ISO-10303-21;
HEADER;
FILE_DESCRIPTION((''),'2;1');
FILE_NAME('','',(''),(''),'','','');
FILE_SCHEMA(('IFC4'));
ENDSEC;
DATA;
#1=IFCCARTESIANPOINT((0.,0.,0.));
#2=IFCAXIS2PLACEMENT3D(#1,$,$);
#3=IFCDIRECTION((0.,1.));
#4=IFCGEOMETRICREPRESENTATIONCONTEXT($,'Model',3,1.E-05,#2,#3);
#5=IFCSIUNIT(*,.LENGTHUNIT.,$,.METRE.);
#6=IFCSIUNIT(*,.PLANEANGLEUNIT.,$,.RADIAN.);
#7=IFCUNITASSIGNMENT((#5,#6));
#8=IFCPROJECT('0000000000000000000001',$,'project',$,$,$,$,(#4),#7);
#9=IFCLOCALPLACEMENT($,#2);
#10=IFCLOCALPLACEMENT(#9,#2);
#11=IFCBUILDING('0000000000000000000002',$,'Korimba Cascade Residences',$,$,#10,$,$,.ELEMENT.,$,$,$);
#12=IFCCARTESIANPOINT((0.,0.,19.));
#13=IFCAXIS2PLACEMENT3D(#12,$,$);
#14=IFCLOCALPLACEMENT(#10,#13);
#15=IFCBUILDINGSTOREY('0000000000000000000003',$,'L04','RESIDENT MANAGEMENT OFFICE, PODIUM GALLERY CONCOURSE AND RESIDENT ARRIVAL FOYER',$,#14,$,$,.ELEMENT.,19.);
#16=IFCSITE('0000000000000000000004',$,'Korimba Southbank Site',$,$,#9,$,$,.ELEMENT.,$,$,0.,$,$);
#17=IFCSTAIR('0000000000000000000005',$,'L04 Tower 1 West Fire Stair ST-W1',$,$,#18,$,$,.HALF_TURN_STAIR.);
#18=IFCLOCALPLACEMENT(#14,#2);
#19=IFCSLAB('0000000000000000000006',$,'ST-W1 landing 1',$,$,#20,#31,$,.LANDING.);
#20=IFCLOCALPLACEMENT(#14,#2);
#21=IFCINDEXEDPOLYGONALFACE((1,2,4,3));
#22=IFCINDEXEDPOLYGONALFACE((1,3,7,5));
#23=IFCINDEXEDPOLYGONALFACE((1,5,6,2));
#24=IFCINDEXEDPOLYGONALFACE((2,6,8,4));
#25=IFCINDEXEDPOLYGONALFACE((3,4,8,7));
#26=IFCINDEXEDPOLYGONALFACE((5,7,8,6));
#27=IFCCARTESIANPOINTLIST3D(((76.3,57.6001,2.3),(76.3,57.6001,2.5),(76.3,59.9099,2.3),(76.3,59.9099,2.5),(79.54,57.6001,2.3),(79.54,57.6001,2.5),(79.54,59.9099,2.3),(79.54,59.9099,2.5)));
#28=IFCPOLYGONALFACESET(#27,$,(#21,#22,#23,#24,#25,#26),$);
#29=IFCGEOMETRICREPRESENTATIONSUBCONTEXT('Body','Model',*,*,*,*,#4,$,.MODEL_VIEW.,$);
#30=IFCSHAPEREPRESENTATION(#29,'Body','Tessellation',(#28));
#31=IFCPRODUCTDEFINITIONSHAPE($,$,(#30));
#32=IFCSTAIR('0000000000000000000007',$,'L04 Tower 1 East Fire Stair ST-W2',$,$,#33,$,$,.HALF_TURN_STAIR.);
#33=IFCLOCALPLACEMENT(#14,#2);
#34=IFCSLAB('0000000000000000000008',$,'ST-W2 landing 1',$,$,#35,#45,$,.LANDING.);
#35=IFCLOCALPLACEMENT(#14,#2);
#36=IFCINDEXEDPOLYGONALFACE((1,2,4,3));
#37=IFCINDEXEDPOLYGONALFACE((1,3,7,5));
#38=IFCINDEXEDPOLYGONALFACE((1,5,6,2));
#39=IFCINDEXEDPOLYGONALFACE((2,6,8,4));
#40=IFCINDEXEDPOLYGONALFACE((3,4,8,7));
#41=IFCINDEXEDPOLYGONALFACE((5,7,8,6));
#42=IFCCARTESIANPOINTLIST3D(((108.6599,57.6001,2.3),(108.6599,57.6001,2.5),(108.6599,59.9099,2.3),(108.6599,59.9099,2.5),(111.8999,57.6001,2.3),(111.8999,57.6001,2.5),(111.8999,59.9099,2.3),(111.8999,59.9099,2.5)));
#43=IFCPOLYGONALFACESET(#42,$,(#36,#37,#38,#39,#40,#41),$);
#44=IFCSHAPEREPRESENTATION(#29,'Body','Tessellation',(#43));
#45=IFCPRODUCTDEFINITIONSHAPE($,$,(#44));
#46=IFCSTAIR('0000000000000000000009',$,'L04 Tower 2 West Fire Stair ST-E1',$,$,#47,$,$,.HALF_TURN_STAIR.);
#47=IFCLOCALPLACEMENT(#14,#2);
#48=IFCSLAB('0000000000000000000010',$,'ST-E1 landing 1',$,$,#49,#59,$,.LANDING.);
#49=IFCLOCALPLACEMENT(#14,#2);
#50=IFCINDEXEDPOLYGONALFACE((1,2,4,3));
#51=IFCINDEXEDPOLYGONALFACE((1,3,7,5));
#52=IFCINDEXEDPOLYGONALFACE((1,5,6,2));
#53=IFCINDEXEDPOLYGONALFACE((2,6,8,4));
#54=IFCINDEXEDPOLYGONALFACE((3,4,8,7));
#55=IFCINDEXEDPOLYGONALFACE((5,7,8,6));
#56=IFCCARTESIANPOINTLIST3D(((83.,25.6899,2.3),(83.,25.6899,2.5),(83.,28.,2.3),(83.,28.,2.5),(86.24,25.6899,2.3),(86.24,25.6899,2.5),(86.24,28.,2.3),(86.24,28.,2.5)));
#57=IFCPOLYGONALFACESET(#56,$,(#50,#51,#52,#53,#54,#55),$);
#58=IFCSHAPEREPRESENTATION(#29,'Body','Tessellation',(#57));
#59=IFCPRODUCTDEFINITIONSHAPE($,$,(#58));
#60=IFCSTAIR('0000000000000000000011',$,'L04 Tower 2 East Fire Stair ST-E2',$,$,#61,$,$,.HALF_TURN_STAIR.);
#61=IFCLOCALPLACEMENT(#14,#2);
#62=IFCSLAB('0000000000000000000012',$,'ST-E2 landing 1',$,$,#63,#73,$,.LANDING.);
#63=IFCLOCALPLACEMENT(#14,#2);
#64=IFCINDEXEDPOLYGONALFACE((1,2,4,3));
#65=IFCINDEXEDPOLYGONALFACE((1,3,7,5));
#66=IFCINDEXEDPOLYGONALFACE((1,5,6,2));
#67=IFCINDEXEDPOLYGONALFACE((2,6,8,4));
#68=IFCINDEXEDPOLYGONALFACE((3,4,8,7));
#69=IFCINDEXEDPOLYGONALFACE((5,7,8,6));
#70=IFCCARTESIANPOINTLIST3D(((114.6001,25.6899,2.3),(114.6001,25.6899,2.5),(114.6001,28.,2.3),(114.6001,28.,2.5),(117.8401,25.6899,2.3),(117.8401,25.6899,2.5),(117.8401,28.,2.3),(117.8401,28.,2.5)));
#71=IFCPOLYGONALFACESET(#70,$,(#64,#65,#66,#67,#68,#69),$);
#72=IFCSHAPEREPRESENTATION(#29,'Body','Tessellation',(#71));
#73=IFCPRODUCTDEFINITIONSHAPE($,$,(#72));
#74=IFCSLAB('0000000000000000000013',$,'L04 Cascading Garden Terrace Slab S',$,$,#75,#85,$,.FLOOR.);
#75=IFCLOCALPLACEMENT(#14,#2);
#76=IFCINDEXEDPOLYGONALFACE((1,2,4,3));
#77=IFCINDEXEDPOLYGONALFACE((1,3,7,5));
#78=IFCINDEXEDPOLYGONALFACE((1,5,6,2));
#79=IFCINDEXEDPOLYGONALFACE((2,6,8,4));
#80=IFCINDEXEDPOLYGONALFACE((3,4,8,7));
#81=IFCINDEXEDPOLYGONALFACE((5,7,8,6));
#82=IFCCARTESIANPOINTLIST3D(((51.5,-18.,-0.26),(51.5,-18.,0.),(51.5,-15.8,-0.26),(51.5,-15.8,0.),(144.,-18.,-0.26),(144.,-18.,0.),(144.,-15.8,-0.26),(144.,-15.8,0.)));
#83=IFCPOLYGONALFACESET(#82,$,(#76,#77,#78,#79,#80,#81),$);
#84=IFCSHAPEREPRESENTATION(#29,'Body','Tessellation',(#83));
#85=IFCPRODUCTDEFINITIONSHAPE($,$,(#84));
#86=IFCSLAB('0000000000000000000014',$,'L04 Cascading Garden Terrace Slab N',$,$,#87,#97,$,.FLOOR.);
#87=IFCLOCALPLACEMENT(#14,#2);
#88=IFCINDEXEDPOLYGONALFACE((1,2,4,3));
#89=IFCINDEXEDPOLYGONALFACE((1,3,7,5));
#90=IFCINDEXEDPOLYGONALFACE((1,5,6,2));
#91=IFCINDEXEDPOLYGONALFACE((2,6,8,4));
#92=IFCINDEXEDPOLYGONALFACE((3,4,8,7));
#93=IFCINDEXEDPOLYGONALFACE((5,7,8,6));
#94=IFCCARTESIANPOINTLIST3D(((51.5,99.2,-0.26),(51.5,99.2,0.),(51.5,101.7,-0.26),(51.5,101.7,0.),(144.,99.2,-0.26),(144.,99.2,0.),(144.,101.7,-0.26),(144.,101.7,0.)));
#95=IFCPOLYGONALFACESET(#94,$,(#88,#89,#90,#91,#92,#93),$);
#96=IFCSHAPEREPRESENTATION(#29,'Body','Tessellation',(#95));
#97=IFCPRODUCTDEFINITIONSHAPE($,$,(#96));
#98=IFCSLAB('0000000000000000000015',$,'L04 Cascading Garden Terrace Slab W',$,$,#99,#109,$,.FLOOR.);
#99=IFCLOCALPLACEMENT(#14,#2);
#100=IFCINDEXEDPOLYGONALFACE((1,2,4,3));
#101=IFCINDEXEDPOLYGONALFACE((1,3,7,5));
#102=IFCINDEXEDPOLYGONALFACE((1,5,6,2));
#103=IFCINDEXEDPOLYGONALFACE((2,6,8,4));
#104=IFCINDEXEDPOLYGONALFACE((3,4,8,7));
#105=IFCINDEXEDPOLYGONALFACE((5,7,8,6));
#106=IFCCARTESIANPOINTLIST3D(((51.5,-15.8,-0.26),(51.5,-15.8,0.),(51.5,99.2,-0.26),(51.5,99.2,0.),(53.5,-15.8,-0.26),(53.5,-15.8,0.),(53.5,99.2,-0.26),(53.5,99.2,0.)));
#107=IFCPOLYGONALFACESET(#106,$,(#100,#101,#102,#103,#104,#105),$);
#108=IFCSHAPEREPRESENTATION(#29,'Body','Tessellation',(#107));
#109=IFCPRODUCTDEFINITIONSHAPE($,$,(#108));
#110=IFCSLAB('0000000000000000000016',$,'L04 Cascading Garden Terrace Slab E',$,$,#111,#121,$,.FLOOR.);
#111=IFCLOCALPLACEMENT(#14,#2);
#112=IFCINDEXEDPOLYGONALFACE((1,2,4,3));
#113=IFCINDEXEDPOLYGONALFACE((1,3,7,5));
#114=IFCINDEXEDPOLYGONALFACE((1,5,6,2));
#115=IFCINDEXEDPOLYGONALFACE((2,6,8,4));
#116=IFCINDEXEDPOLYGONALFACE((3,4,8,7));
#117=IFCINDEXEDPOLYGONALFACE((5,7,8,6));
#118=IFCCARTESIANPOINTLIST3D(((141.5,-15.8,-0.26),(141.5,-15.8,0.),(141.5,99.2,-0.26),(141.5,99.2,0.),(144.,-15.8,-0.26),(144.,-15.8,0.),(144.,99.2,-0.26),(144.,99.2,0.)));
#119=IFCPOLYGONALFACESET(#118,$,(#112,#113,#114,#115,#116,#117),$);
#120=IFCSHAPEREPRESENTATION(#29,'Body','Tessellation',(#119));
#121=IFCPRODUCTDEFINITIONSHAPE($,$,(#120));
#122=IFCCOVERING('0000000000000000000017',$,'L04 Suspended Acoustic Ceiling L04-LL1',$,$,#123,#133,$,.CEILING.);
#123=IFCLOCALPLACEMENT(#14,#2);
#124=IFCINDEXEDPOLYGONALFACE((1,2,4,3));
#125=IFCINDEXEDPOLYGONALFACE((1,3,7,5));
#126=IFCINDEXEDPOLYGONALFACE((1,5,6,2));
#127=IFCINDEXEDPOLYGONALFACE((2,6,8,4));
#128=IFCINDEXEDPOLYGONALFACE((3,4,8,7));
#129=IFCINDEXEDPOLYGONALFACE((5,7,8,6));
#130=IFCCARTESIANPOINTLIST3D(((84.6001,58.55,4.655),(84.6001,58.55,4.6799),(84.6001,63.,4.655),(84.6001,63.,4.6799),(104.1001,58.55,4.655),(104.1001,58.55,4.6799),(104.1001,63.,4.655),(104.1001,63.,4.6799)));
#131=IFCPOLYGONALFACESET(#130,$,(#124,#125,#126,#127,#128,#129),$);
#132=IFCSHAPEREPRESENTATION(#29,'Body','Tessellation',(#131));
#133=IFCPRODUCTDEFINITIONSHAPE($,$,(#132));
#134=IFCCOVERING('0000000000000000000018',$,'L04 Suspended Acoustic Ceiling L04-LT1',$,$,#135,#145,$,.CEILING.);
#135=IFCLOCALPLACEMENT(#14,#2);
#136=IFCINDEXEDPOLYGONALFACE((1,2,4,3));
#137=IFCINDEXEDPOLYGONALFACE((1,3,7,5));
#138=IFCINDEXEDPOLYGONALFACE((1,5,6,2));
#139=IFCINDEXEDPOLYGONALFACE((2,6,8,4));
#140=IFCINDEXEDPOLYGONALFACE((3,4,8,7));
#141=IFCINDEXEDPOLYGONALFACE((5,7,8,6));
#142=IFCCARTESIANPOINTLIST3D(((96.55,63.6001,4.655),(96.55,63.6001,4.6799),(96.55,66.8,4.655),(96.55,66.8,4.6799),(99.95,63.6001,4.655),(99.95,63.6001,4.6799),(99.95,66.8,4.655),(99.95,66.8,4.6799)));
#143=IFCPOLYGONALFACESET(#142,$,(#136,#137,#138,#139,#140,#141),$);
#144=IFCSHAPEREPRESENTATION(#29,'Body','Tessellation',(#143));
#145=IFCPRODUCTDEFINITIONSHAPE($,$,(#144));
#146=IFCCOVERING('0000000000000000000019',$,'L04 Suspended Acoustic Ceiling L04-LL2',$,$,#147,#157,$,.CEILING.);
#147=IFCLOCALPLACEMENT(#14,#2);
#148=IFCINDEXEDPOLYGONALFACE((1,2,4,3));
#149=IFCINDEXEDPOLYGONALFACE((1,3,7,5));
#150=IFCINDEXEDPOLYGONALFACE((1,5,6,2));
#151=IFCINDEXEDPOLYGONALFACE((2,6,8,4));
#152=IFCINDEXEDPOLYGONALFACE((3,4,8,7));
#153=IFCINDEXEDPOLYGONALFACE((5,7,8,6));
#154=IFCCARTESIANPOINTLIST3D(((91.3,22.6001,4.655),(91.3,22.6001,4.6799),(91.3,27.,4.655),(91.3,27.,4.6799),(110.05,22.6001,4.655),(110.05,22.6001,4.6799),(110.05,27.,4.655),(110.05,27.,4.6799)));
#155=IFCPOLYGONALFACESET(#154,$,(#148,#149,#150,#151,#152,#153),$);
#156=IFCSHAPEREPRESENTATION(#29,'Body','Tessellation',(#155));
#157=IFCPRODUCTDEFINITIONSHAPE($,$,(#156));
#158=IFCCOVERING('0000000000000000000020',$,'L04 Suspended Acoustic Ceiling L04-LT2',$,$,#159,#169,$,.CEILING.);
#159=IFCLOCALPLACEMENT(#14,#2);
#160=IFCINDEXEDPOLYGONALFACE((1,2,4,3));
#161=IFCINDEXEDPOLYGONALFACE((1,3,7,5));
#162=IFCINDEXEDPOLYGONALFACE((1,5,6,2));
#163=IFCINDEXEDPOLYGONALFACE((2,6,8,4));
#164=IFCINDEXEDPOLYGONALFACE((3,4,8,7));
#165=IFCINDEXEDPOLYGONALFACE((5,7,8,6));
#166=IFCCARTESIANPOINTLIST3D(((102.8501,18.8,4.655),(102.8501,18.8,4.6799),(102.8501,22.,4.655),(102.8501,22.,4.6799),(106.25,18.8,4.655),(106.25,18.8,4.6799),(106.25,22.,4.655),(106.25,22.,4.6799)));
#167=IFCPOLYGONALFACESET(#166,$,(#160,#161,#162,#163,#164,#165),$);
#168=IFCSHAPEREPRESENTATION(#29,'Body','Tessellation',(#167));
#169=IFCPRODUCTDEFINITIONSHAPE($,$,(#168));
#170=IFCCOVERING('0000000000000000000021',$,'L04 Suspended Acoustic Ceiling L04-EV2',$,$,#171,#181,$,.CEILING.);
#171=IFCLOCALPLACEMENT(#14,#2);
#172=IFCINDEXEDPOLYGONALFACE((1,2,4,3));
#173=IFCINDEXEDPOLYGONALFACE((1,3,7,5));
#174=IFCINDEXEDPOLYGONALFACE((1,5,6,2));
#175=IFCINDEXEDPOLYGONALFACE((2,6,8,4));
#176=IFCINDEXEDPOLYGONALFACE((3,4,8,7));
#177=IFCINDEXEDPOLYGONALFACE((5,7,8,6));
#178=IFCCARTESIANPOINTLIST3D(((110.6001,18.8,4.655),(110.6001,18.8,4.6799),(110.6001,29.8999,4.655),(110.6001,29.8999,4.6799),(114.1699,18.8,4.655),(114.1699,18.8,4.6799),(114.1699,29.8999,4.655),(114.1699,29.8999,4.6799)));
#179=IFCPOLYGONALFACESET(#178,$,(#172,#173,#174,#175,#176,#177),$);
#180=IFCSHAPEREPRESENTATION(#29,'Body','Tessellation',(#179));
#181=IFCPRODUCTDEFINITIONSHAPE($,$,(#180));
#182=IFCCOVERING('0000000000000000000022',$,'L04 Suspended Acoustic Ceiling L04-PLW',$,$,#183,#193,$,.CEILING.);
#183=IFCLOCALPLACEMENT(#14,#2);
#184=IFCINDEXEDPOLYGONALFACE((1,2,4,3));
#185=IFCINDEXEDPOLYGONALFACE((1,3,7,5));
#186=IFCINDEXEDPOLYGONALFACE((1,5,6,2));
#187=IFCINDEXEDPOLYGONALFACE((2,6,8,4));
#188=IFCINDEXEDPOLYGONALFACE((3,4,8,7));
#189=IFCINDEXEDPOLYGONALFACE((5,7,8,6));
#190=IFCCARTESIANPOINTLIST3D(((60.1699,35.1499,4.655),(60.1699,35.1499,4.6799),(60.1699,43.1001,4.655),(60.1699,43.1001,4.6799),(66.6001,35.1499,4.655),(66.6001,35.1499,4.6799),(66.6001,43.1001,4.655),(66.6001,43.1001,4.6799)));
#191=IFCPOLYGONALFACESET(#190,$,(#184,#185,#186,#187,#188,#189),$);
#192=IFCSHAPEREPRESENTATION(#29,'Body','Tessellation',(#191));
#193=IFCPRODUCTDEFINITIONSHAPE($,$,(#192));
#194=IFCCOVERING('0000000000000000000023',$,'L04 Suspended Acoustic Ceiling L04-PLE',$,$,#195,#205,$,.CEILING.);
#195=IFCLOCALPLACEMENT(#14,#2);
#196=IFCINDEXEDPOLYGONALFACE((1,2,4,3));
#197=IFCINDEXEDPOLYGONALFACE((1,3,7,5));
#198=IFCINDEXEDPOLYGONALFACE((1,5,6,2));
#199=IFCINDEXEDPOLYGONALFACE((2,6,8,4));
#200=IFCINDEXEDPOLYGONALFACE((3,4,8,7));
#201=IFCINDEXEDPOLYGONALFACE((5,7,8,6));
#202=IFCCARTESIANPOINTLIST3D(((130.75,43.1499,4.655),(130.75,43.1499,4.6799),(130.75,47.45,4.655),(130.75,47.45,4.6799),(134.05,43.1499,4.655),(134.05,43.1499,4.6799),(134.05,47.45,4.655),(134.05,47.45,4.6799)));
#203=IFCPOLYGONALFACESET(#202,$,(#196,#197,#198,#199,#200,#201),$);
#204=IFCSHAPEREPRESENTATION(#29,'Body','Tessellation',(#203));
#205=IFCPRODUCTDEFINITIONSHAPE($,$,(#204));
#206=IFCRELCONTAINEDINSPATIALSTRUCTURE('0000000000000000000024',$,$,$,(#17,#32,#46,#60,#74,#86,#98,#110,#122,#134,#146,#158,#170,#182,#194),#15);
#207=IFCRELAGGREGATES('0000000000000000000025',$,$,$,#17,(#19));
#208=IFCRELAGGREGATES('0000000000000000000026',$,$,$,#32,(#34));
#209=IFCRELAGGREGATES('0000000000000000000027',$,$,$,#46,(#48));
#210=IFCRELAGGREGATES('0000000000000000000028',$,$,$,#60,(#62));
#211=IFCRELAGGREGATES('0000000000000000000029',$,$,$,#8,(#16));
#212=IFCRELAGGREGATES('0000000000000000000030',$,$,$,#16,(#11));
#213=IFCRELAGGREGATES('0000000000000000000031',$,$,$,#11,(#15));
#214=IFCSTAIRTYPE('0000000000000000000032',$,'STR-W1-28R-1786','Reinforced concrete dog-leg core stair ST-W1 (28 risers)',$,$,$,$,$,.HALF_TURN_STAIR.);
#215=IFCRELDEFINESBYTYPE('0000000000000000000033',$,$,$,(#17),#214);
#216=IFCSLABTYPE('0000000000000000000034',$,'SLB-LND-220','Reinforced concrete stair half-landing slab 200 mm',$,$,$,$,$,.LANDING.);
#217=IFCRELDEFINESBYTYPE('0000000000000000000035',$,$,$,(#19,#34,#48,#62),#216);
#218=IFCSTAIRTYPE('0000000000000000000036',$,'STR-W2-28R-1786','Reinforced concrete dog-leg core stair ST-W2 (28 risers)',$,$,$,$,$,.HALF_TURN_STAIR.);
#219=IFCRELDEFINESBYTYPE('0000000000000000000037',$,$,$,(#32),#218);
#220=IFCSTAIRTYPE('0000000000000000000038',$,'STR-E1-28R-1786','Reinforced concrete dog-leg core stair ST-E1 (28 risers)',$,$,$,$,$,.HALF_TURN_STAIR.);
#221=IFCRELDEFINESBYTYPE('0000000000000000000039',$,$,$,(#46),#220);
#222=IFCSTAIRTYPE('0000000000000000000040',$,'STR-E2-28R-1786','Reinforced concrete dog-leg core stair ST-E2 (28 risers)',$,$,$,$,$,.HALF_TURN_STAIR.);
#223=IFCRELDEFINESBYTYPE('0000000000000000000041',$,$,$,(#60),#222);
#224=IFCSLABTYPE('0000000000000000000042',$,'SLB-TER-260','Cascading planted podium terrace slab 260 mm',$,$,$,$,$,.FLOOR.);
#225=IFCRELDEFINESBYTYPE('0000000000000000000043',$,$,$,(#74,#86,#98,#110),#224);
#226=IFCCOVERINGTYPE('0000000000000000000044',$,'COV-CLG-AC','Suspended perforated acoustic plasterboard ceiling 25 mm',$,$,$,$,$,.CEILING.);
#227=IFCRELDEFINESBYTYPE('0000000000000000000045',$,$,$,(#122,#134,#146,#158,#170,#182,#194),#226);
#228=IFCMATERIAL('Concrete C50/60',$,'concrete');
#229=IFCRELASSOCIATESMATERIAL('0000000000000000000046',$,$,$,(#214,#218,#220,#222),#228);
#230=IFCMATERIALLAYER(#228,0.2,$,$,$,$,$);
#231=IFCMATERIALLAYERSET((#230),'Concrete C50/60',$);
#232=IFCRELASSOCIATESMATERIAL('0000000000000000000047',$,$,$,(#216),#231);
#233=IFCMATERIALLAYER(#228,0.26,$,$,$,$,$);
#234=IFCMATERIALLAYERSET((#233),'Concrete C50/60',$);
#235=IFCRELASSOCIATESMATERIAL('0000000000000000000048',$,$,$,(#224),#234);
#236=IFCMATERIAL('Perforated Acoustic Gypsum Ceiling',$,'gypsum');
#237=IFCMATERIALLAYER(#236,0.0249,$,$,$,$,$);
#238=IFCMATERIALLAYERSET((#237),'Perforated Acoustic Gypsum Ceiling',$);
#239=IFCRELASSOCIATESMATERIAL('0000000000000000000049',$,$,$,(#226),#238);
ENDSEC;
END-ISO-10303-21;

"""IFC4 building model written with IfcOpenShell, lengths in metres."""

from ifc_helpers import new_model, si_unit, direction, frame, origin, place, context, subcontext, project, spatial, polyline, outline, extrude, material, layer, layer_set, type_object, element, aggregate, save


model = new_model("IFC4")

# Units and contexts
model_context = context("Model", 3, precision=1e-05, world=origin(), true_north=direction((0.0, 1.0)))
body_context = subcontext(model_context, "Body", "Model", "MODEL_VIEW")
ifc_project = project(units=[si_unit("LENGTHUNIT", "METRE"), si_unit("PLANEANGLEUNIT", "RADIAN")], contexts=[model_context])

# Site, building, storey
site_placement = place(None, origin())
site = spatial("IfcSite", under=ifc_project, at=site_placement, Name="Korimba Southbank Site", CompositionType="ELEMENT", RefElevation=0.0)
building_placement = place(site_placement, origin())
building = spatial("IfcBuilding", under=site, at=building_placement, Name="Korimba Cascade Residences", CompositionType="ELEMENT")
storey_placement = place(building_placement, frame((0.0, 0.0, 19.0)))
storey = spatial("IfcBuildingStorey", under=building, at=storey_placement, Name="L04", Description="RESIDENT MANAGEMENT OFFICE, PODIUM GALLERY CONCOURSE AND RESIDENT ARRIVAL FOYER", CompositionType="ELEMENT", Elevation=19.0)

# Stairs, slabs
ifc_material_1 = material(Name="Concrete C50/60", Category="concrete")
stair_type_1 = type_object("IfcStairType", Name="STR-W1-28R-1786", Description="Reinforced concrete dog-leg core stair ST-W1 (28 risers)", PredefinedType="HALF_TURN_STAIR", material=ifc_material_1)
stair_1_placement = place(storey_placement, origin())
stair_1 = element("IfcStair", 1, at=stair_1_placement, inside=storey, type_object=stair_type_1, Name="L04 Tower 1 West Fire Stair ST-W1", PredefinedType="HALF_TURN_STAIR")
ifc_layer_1 = layer(ifc_material_1, 0.2)
ifc_layer_set_1 = layer_set([ifc_layer_1], Name="Concrete C50/60")
slab_type_1 = type_object("IfcSlabType", Name="SLB-LND-220", Description="Reinforced concrete stair half-landing slab 200 mm", PredefinedType="LANDING", material=ifc_layer_set_1)
slab_1_placement = place(storey_placement, frame((0.0, 0.0, 2.3)))
slab_1 = element("IfcSlab", 2, at=slab_1_placement, type_object=slab_type_1, Name="ST-W1 landing 1", PredefinedType="LANDING", context=body_context, shape_type="SweptSolid", body=[
    extrude(outline(polyline([(76.3, 59.9099), (76.3, 57.6001), (79.54, 57.6001), (79.54, 59.9099), (76.3, 59.9099)])), origin(), (0.0, 0.0, 1.0), 0.2),
])
aggregate(stair_1, [slab_1])
stair_type_2 = type_object("IfcStairType", Name="STR-W2-28R-1786", Description="Reinforced concrete dog-leg core stair ST-W2 (28 risers)", PredefinedType="HALF_TURN_STAIR", material=ifc_material_1)
stair_2_placement = place(storey_placement, origin())
stair_2 = element("IfcStair", 3, at=stair_2_placement, inside=storey, type_object=stair_type_2, Name="L04 Tower 1 East Fire Stair ST-W2", PredefinedType="HALF_TURN_STAIR")
slab_2_placement = place(storey_placement, frame((0.0, 0.0, 2.3)))
slab_2 = element("IfcSlab", 4, at=slab_2_placement, type_object=slab_type_1, Name="ST-W2 landing 1", PredefinedType="LANDING", context=body_context, shape_type="SweptSolid", body=[
    extrude(outline(polyline([(108.6599, 59.9099), (108.6599, 57.6001), (111.8999, 57.6001), (111.8999, 59.9099), (108.6599, 59.9099)])), origin(), (0.0, 0.0, 1.0), 0.2),
])
aggregate(stair_2, [slab_2])
stair_type_3 = type_object("IfcStairType", Name="STR-E1-28R-1786", Description="Reinforced concrete dog-leg core stair ST-E1 (28 risers)", PredefinedType="HALF_TURN_STAIR", material=ifc_material_1)
stair_3_placement = place(storey_placement, origin())
stair_3 = element("IfcStair", 5, at=stair_3_placement, inside=storey, type_object=stair_type_3, Name="L04 Tower 2 West Fire Stair ST-E1", PredefinedType="HALF_TURN_STAIR")
slab_3_placement = place(storey_placement, frame((0.0, 0.0, 2.3)))
slab_3 = element("IfcSlab", 6, at=slab_3_placement, type_object=slab_type_1, Name="ST-E1 landing 1", PredefinedType="LANDING", context=body_context, shape_type="SweptSolid", body=[
    extrude(outline(polyline([(86.24, 25.6899), (86.24, 28.0), (83.0, 28.0), (83.0, 25.6899), (86.24, 25.6899)])), origin(), (0.0, 0.0, 1.0), 0.2),
])
aggregate(stair_3, [slab_3])
stair_type_4 = type_object("IfcStairType", Name="STR-E2-28R-1786", Description="Reinforced concrete dog-leg core stair ST-E2 (28 risers)", PredefinedType="HALF_TURN_STAIR", material=ifc_material_1)
stair_4_placement = place(storey_placement, origin())
stair_4 = element("IfcStair", 7, at=stair_4_placement, inside=storey, type_object=stair_type_4, Name="L04 Tower 2 East Fire Stair ST-E2", PredefinedType="HALF_TURN_STAIR")
slab_4_placement = place(storey_placement, frame((0.0, 0.0, 2.3)))
slab_4 = element("IfcSlab", 8, at=slab_4_placement, type_object=slab_type_1, Name="ST-E2 landing 1", PredefinedType="LANDING", context=body_context, shape_type="SweptSolid", body=[
    extrude(outline(polyline([(117.8401, 25.6899), (117.8401, 28.0), (114.6001, 28.0), (114.6001, 25.6899), (117.8401, 25.6899)])), origin(), (0.0, 0.0, 1.0), 0.2),
])
aggregate(stair_4, [slab_4])

# Slabs
ifc_layer_2 = layer(ifc_material_1, 0.26)
ifc_layer_set_2 = layer_set([ifc_layer_2], Name="Concrete C50/60")
slab_type_2 = type_object("IfcSlabType", Name="SLB-TER-260", Description="Cascading planted podium terrace slab 260 mm", PredefinedType="FLOOR", material=ifc_layer_set_2)
slab_5_placement = place(storey_placement, frame((0.0, 0.0, -0.26)))
element("IfcSlab", 9, at=slab_5_placement, inside=storey, type_object=slab_type_2, Name="L04 Cascading Garden Terrace Slab S", PredefinedType="FLOOR", context=body_context, shape_type="SweptSolid", body=[
    extrude(outline(polyline([(51.5, -18.0), (144.0, -18.0), (144.0, -15.8), (51.5, -15.8), (51.5, -18.0)])), origin(), (0.0, 0.0, 1.0), 0.26),
])
slab_6_placement = place(storey_placement, frame((0.0, 0.0, -0.26)))
element("IfcSlab", 10, at=slab_6_placement, inside=storey, type_object=slab_type_2, Name="L04 Cascading Garden Terrace Slab N", PredefinedType="FLOOR", context=body_context, shape_type="SweptSolid", body=[
    extrude(outline(polyline([(51.5, 99.2), (144.0, 99.2), (144.0, 101.7), (51.5, 101.7), (51.5, 99.2)])), origin(), (0.0, 0.0, 1.0), 0.26),
])
slab_7_placement = place(storey_placement, frame((0.0, 0.0, -0.26)))
element("IfcSlab", 11, at=slab_7_placement, inside=storey, type_object=slab_type_2, Name="L04 Cascading Garden Terrace Slab W", PredefinedType="FLOOR", context=body_context, shape_type="SweptSolid", body=[
    extrude(outline(polyline([(51.5, -15.8), (53.5, -15.8), (53.5, 99.2), (51.5, 99.2), (51.5, -15.8)])), origin(), (0.0, 0.0, 1.0), 0.26),
])
slab_8_placement = place(storey_placement, frame((0.0, 0.0, -0.26)))
element("IfcSlab", 12, at=slab_8_placement, inside=storey, type_object=slab_type_2, Name="L04 Cascading Garden Terrace Slab E", PredefinedType="FLOOR", context=body_context, shape_type="SweptSolid", body=[
    extrude(outline(polyline([(141.5, -15.8), (144.0, -15.8), (144.0, 99.2), (141.5, 99.2), (141.5, -15.8)])), origin(), (0.0, 0.0, 1.0), 0.26),
])

# Coverings
ifc_material_2 = material(Name="Perforated Acoustic Gypsum Ceiling", Category="gypsum")
ifc_layer_3 = layer(ifc_material_2, 0.0249)
ifc_layer_set_3 = layer_set([ifc_layer_3], Name="Perforated Acoustic Gypsum Ceiling")
covering_type_1 = type_object("IfcCoveringType", Name="COV-CLG-AC", Description="Suspended perforated acoustic plasterboard ceiling 25 mm", PredefinedType="CEILING", material=ifc_layer_set_3)
covering_1_placement = place(storey_placement, frame((0.0, 0.0, 4.655)))
element("IfcCovering", 13, at=covering_1_placement, inside=storey, type_object=covering_type_1, Name="L04 Suspended Acoustic Ceiling L04-LL1", PredefinedType="CEILING", context=body_context, shape_type="SweptSolid", body=[
    extrude(outline(polyline([(84.6001, 58.55), (104.1001, 58.55), (104.1001, 63.0), (84.6001, 63.0), (84.6001, 58.55)])), origin(), (0.0, 0.0, 1.0), 0.0249),
])
covering_2_placement = place(storey_placement, frame((0.0, 0.0, 4.655)))
element("IfcCovering", 14, at=covering_2_placement, inside=storey, type_object=covering_type_1, Name="L04 Suspended Acoustic Ceiling L04-LT1", PredefinedType="CEILING", context=body_context, shape_type="SweptSolid", body=[
    extrude(outline(polyline([(96.55, 63.6001), (99.95, 63.6001), (99.95, 66.8), (96.55, 66.8), (96.55, 63.6001)])), origin(), (0.0, 0.0, 1.0), 0.0249),
])
covering_3_placement = place(storey_placement, frame((0.0, 0.0, 4.655)))
element("IfcCovering", 15, at=covering_3_placement, inside=storey, type_object=covering_type_1, Name="L04 Suspended Acoustic Ceiling L04-LL2", PredefinedType="CEILING", context=body_context, shape_type="SweptSolid", body=[
    extrude(outline(polyline([(91.3, 22.6001), (110.05, 22.6001), (110.05, 27.0), (91.3, 27.0), (91.3, 22.6001)])), origin(), (0.0, 0.0, 1.0), 0.0249),
])
covering_4_placement = place(storey_placement, frame((0.0, 0.0, 4.655)))
element("IfcCovering", 16, at=covering_4_placement, inside=storey, type_object=covering_type_1, Name="L04 Suspended Acoustic Ceiling L04-LT2", PredefinedType="CEILING", context=body_context, shape_type="SweptSolid", body=[
    extrude(outline(polyline([(102.8501, 18.8), (106.25, 18.8), (106.25, 22.0), (102.8501, 22.0), (102.8501, 18.8)])), origin(), (0.0, 0.0, 1.0), 0.0249),
])
covering_5_placement = place(storey_placement, frame((0.0, 0.0, 4.655)))
element("IfcCovering", 17, at=covering_5_placement, inside=storey, type_object=covering_type_1, Name="L04 Suspended Acoustic Ceiling L04-EV2", PredefinedType="CEILING", context=body_context, shape_type="SweptSolid", body=[
    extrude(outline(polyline([(110.6001, 18.8), (114.1699, 18.8), (114.1699, 29.8999), (110.6001, 29.8999), (110.6001, 18.8)])), origin(), (0.0, 0.0, 1.0), 0.0249),
])
covering_6_placement = place(storey_placement, frame((0.0, 0.0, 4.655)))
element("IfcCovering", 18, at=covering_6_placement, inside=storey, type_object=covering_type_1, Name="L04 Suspended Acoustic Ceiling L04-PLW", PredefinedType="CEILING", context=body_context, shape_type="SweptSolid", body=[
    extrude(outline(polyline([(60.1699, 35.1499), (66.6001, 35.1499), (66.6001, 43.1001), (60.1699, 43.1001), (60.1699, 35.1499)])), origin(), (0.0, 0.0, 1.0), 0.0249),
])
covering_7_placement = place(storey_placement, frame((0.0, 0.0, 4.655)))
element("IfcCovering", 19, at=covering_7_placement, inside=storey, type_object=covering_type_1, Name="L04 Suspended Acoustic Ceiling L04-PLE", PredefinedType="CEILING", context=body_context, shape_type="SweptSolid", body=[
    extrude(outline(polyline([(130.75, 43.1499), (134.05, 43.1499), (134.05, 47.45), (130.75, 47.45), (130.75, 43.1499)])), origin(), (0.0, 0.0, 1.0), 0.0249),
])

save(model, "model.ifc")
